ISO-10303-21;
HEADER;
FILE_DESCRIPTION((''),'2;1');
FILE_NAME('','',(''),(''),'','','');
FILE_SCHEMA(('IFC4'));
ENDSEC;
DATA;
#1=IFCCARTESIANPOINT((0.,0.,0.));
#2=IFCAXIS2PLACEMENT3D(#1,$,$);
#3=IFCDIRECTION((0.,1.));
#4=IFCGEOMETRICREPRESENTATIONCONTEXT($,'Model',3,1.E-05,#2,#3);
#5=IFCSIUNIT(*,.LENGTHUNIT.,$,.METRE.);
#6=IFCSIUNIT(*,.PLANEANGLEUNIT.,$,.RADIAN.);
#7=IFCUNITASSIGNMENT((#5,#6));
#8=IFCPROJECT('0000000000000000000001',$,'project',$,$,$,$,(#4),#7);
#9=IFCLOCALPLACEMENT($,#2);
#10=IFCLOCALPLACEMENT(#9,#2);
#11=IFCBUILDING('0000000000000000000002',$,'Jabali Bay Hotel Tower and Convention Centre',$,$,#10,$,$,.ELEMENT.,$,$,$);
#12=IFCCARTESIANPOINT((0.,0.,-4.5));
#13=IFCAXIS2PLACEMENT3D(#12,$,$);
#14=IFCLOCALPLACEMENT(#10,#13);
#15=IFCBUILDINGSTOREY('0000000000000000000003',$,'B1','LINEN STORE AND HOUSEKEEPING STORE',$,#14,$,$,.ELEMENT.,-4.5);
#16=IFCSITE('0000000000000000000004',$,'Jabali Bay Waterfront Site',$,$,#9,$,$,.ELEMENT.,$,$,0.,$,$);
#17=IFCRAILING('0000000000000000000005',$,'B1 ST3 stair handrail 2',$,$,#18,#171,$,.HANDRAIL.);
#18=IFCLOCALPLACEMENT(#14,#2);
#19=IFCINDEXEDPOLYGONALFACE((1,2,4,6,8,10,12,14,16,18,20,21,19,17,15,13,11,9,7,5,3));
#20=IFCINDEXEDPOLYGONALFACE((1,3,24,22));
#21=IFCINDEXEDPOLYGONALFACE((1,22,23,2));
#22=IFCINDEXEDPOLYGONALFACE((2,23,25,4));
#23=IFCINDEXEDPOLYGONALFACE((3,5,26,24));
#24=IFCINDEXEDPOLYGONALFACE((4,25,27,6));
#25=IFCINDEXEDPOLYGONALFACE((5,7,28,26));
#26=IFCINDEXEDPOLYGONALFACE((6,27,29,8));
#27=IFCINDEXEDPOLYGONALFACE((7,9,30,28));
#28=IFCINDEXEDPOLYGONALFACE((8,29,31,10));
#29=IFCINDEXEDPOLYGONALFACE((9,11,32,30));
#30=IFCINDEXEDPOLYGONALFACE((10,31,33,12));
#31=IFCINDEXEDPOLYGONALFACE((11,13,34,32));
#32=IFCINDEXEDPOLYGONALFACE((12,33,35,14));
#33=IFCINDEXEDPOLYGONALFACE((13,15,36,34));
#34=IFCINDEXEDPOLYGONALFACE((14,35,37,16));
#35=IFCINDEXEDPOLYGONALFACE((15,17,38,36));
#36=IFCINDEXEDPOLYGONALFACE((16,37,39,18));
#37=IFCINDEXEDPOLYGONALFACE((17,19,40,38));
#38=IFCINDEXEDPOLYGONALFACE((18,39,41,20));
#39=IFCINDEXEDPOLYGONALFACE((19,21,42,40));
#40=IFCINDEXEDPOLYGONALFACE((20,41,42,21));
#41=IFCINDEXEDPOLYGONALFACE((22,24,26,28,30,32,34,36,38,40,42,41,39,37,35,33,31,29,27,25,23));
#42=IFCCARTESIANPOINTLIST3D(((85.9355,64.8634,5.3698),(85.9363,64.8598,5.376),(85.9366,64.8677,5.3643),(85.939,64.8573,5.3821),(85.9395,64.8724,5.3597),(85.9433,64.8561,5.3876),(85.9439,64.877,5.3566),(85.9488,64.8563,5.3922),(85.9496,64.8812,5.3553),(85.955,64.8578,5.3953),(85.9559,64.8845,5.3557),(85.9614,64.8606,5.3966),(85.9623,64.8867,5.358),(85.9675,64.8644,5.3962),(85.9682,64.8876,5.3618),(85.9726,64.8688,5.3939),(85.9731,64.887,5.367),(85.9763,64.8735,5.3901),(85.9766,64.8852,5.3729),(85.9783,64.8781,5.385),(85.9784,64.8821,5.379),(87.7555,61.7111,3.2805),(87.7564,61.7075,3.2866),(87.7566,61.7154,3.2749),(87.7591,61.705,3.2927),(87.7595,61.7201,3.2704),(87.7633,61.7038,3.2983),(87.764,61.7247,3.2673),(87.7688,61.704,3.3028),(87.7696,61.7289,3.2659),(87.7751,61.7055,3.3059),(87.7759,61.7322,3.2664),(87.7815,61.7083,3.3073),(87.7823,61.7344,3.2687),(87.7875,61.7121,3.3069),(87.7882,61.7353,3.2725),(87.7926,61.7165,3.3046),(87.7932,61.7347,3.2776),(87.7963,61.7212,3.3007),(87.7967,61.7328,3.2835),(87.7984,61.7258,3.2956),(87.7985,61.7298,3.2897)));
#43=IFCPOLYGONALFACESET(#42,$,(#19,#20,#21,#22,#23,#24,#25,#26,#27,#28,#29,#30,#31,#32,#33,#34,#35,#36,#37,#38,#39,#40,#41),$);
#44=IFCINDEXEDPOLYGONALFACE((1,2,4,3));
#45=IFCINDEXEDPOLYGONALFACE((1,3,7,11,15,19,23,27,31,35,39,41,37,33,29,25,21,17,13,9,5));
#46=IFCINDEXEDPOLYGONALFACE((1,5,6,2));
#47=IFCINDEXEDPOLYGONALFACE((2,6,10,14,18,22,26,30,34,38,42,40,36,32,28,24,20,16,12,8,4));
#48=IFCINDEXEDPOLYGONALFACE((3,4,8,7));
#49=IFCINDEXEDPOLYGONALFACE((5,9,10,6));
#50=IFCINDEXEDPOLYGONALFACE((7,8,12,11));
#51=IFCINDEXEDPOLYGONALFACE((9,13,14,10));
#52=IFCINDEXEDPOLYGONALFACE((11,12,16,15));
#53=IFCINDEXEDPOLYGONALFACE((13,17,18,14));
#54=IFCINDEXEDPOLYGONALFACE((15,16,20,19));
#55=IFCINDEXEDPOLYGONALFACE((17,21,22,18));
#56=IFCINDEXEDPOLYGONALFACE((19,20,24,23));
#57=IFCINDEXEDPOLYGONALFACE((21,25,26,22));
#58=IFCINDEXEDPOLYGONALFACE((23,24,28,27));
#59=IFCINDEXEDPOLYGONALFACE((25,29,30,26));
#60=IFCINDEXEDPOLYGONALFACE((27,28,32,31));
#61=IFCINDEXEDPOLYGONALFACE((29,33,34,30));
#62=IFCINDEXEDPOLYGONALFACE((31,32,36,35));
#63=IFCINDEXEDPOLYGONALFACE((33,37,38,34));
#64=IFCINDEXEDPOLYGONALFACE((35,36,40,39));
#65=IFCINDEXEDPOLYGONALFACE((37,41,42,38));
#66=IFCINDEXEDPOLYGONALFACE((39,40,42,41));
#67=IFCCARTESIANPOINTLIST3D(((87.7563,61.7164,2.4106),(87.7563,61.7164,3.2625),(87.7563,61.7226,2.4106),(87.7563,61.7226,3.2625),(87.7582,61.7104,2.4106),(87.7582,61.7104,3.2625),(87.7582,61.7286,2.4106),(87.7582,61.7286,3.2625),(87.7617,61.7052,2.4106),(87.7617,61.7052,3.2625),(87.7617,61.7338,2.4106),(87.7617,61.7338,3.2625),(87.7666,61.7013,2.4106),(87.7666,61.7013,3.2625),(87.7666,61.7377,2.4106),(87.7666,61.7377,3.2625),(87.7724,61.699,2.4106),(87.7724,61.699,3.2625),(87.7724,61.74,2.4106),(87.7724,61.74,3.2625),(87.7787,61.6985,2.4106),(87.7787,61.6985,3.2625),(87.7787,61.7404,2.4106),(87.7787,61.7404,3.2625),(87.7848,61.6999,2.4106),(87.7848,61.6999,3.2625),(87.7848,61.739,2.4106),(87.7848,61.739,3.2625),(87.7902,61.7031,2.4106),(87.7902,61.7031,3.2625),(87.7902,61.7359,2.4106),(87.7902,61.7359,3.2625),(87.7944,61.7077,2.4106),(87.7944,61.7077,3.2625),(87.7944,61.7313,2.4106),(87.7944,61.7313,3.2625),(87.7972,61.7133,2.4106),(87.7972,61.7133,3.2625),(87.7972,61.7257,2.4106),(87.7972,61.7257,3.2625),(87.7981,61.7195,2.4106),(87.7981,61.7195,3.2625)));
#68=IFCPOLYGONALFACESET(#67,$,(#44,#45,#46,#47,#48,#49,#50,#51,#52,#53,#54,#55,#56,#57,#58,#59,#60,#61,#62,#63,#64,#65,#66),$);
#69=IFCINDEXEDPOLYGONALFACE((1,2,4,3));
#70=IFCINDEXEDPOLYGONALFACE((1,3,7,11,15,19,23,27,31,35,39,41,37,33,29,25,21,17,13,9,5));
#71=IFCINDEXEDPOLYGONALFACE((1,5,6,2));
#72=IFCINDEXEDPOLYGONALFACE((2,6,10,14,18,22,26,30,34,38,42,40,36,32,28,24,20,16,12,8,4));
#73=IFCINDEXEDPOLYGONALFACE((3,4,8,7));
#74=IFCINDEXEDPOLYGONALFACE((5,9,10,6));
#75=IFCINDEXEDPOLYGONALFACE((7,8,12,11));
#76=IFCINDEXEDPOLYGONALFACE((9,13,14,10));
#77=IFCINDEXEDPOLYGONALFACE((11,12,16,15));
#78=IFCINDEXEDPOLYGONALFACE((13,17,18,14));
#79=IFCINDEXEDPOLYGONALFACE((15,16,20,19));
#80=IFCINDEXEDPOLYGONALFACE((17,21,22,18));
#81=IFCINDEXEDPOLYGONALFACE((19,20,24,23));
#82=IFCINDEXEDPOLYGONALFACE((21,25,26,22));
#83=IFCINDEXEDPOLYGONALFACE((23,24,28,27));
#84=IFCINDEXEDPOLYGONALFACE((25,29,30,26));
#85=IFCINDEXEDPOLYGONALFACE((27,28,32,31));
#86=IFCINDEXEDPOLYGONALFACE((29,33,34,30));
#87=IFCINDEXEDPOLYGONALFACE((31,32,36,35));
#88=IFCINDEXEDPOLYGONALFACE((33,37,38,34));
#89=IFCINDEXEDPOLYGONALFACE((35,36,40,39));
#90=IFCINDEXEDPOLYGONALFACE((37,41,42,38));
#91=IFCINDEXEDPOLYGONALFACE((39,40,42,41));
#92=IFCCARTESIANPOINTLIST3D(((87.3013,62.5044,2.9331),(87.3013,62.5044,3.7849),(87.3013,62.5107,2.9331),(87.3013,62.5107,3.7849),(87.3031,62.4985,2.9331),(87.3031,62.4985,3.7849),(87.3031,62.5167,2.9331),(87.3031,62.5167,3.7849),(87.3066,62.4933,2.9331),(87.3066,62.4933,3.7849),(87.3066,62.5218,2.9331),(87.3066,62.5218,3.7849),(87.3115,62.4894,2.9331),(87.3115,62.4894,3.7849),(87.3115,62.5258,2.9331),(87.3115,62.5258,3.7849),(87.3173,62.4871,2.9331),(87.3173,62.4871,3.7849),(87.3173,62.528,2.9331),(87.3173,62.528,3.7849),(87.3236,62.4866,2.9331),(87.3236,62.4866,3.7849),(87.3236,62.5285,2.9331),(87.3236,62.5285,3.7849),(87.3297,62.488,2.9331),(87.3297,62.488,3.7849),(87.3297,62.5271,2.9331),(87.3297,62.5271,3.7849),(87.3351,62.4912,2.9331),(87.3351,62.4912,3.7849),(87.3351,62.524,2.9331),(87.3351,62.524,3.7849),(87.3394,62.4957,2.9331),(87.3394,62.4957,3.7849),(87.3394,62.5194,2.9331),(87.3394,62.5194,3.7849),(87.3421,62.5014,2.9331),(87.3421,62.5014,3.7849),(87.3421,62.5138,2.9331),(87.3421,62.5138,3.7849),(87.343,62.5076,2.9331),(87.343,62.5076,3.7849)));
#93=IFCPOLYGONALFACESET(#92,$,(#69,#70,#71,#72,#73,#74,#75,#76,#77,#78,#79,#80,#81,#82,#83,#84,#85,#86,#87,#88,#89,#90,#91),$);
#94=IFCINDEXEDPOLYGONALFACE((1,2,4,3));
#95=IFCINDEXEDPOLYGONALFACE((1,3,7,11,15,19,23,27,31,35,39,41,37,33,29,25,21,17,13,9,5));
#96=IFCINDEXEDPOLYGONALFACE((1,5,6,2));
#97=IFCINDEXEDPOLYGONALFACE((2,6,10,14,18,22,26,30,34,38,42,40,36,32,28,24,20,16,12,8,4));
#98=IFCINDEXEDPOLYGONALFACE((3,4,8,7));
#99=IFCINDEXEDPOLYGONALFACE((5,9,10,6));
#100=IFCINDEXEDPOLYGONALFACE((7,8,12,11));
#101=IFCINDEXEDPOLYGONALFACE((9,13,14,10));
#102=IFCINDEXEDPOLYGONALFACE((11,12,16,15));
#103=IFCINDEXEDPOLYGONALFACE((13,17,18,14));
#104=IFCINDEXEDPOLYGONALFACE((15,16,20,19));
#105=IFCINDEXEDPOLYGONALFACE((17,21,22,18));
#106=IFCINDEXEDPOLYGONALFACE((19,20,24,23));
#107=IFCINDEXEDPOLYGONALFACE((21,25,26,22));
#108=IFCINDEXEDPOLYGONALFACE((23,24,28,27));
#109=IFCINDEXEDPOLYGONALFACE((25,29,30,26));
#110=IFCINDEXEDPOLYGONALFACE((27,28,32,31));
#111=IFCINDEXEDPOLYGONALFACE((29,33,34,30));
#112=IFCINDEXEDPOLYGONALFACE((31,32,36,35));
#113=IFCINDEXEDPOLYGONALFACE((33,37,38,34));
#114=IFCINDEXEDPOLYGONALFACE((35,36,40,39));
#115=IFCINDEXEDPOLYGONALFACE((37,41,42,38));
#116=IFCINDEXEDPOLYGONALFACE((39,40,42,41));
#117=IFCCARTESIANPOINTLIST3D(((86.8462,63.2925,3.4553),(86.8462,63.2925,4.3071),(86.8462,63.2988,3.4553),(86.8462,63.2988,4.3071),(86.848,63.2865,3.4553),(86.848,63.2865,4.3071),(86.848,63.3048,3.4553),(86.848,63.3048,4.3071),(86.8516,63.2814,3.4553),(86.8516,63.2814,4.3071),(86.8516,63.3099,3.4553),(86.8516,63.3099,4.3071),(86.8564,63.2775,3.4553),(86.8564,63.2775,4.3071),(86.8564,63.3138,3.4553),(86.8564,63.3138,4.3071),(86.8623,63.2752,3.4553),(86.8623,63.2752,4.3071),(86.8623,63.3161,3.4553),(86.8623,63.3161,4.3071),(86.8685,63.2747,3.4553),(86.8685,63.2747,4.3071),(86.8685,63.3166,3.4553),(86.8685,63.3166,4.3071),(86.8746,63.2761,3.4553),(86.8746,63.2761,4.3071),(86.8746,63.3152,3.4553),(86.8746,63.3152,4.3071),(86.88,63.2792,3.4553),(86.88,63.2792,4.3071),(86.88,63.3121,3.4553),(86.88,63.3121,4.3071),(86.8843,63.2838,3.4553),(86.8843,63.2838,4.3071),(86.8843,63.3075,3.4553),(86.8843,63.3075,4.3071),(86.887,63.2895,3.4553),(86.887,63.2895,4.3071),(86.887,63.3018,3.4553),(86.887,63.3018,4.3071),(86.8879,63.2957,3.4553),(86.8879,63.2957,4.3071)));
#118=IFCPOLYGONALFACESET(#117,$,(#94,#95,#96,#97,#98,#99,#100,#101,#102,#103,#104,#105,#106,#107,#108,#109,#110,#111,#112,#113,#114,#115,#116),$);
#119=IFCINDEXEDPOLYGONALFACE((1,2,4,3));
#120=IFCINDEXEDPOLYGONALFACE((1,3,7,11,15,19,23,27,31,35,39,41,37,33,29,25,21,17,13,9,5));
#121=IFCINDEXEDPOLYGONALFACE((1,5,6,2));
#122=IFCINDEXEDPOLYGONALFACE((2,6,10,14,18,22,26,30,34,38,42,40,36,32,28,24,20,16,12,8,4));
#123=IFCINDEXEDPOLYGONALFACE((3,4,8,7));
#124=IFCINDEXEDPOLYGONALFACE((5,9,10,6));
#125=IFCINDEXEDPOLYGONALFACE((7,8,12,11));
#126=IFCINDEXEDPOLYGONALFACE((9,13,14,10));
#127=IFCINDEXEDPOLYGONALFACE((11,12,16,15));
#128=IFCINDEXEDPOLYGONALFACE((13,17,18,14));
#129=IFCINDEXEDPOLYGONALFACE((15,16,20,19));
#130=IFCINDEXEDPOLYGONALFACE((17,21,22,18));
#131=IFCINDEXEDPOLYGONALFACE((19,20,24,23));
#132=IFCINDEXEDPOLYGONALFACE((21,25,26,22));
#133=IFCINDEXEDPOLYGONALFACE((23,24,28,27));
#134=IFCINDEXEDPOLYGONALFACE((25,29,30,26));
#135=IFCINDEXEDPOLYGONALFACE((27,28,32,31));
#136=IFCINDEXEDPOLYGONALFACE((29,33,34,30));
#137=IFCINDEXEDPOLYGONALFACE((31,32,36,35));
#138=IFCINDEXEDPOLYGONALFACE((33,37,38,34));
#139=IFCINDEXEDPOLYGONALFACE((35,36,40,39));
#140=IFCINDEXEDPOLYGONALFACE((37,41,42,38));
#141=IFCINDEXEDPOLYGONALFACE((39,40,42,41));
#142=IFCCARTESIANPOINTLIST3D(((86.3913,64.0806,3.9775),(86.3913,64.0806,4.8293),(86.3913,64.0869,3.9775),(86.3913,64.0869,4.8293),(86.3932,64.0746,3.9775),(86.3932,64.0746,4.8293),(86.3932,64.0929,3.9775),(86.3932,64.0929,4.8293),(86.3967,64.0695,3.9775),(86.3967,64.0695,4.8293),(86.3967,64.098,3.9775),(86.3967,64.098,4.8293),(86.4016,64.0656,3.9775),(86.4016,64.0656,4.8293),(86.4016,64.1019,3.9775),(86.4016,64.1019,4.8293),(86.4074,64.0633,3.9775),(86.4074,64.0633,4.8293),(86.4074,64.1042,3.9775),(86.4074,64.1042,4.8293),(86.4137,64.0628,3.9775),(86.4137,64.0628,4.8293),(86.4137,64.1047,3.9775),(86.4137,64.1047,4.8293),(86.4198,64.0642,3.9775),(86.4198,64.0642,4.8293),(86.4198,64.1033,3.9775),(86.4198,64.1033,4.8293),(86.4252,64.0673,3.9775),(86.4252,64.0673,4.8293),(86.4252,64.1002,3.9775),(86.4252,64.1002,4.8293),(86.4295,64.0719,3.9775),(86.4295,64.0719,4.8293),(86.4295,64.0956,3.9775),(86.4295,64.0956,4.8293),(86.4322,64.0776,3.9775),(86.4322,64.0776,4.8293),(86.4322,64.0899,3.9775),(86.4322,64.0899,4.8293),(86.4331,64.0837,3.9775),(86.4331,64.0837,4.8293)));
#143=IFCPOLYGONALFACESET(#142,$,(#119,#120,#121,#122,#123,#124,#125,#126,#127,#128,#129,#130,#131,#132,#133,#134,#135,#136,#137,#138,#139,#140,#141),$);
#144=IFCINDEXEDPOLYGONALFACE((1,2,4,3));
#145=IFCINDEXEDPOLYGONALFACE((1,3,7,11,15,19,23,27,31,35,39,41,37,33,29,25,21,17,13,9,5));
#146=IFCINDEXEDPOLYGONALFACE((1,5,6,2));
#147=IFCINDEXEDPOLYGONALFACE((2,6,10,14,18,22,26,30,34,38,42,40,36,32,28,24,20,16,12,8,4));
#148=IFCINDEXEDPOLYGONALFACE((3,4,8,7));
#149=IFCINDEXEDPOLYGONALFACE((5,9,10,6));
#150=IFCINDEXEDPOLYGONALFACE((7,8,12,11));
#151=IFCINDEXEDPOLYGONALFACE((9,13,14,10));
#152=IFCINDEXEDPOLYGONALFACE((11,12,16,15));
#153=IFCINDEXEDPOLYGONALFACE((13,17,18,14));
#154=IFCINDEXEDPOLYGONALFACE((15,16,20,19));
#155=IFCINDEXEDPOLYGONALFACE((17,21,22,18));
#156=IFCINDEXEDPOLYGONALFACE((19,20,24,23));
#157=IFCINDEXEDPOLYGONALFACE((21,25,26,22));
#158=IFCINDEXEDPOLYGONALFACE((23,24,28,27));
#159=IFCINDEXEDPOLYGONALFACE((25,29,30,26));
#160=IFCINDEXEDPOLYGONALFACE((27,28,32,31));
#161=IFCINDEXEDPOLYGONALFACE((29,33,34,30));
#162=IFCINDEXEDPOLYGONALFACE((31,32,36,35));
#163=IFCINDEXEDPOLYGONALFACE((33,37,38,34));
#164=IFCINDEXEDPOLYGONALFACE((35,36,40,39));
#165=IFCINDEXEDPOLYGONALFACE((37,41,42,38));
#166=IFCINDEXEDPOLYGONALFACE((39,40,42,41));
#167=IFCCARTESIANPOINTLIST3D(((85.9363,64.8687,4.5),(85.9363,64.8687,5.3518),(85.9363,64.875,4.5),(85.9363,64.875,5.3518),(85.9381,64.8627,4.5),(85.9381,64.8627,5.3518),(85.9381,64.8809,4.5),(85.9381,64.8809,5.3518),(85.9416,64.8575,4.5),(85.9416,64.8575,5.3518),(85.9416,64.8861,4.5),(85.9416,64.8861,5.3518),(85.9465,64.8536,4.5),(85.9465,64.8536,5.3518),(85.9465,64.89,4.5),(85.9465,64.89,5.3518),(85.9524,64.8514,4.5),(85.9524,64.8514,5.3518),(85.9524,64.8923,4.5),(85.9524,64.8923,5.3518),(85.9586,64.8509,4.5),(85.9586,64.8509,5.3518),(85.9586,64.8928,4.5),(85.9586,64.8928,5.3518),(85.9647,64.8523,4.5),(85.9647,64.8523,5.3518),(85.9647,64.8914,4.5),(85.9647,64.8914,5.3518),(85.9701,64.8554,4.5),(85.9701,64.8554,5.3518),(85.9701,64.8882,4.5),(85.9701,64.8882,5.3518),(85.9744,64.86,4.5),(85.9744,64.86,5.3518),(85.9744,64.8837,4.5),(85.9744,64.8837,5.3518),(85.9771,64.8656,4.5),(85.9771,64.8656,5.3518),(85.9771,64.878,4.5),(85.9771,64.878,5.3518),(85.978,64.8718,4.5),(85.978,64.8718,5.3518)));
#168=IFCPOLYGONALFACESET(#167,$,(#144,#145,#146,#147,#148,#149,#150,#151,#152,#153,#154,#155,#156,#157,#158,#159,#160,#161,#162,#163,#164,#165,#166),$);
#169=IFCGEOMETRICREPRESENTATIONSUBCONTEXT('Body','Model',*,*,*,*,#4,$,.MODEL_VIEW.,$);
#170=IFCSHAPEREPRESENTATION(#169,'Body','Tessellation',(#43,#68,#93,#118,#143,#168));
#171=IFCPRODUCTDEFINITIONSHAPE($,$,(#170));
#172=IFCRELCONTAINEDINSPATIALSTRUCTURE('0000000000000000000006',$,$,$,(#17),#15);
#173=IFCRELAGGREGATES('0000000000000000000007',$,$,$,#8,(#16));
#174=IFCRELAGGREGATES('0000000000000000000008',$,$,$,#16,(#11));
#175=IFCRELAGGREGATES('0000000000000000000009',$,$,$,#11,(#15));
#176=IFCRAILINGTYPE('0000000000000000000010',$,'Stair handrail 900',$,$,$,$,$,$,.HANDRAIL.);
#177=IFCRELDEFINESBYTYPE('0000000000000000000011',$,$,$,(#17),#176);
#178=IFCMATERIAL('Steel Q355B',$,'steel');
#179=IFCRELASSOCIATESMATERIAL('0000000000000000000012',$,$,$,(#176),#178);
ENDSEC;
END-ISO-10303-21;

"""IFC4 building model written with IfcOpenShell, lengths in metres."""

from ifc_helpers import new_model, si_unit, direction, frame, origin, origin_2d, place, context, subcontext, project, spatial, circle, extrude, material, type_object, element, save


model = new_model("IFC4")

# Units and contexts
model_context = context("Model", 3, precision=1e-05, world=origin(), true_north=direction((0.0, 1.0)))
body_context = subcontext(model_context, "Body", "Model", "MODEL_VIEW")
ifc_project = project(units=[si_unit("LENGTHUNIT", "METRE"), si_unit("PLANEANGLEUNIT", "RADIAN")], contexts=[model_context])

# Site, building, storey
site_placement = place(None, origin())
site = spatial("IfcSite", under=ifc_project, at=site_placement, Name="Jabali Bay Waterfront Site", CompositionType="ELEMENT", RefElevation=0.0)
building_placement = place(site_placement, origin())
building = spatial("IfcBuilding", under=site, at=building_placement, Name="Jabali Bay Hotel Tower and Convention Centre", CompositionType="ELEMENT")
storey_placement = place(building_placement, frame((0.0, 0.0, -4.5)))
storey = spatial("IfcBuildingStorey", under=building, at=storey_placement, Name="B1", Description="LINEN STORE AND HOUSEKEEPING STORE", CompositionType="ELEMENT", Elevation=-4.5)

# Railing
ifc_material_1 = material(Name="Steel Q355B", Category="steel")
railing_type = type_object("IfcRailingType", Name="Stair handrail 900", PredefinedType="HANDRAIL", material=ifc_material_1)
railing_placement = place(storey_placement, frame((87.7771, 61.7195, 2.4106)))
element("IfcRailing", 1, at=railing_placement, inside=storey, type_object=railing_type, Name="B1 ST3 stair handrail 2", PredefinedType="HANDRAIL", context=body_context, shape_type="SweptSolid", body=[
    extrude(circle(Radius=0.0239, at=origin_2d()), frame((0.0, 0.0, 0.876), z_axis=(-0.433653, 0.751084, 0.497814), x_axis=(-0.866018, -0.500013, 0.0)), (0.0, 0.0, 1.0), 4.197),
    extrude(circle(Radius=0.021, at=origin_2d()), origin(), (0.0, 0.0, 1.0), 0.8518),
    extrude(circle(Radius=0.021, at=origin_2d()), frame((-0.4551, 0.7881, 0.5225)), (0.0, 0.0, 1.0), 0.8518),
    extrude(circle(Radius=0.021, at=origin_2d()), frame((-0.9102, 1.5762, 1.0447)), (0.0, 0.0, 1.0), 0.8518),
    extrude(circle(Radius=0.021, at=origin_2d()), frame((-1.365, 2.3643, 1.5669)), (0.0, 0.0, 1.0), 0.8518),
    extrude(circle(Radius=0.021, at=origin_2d()), frame((-1.8201, 3.1523, 2.0894)), (0.0, 0.0, 1.0), 0.8518),
])

save(model, "model.ifc")
